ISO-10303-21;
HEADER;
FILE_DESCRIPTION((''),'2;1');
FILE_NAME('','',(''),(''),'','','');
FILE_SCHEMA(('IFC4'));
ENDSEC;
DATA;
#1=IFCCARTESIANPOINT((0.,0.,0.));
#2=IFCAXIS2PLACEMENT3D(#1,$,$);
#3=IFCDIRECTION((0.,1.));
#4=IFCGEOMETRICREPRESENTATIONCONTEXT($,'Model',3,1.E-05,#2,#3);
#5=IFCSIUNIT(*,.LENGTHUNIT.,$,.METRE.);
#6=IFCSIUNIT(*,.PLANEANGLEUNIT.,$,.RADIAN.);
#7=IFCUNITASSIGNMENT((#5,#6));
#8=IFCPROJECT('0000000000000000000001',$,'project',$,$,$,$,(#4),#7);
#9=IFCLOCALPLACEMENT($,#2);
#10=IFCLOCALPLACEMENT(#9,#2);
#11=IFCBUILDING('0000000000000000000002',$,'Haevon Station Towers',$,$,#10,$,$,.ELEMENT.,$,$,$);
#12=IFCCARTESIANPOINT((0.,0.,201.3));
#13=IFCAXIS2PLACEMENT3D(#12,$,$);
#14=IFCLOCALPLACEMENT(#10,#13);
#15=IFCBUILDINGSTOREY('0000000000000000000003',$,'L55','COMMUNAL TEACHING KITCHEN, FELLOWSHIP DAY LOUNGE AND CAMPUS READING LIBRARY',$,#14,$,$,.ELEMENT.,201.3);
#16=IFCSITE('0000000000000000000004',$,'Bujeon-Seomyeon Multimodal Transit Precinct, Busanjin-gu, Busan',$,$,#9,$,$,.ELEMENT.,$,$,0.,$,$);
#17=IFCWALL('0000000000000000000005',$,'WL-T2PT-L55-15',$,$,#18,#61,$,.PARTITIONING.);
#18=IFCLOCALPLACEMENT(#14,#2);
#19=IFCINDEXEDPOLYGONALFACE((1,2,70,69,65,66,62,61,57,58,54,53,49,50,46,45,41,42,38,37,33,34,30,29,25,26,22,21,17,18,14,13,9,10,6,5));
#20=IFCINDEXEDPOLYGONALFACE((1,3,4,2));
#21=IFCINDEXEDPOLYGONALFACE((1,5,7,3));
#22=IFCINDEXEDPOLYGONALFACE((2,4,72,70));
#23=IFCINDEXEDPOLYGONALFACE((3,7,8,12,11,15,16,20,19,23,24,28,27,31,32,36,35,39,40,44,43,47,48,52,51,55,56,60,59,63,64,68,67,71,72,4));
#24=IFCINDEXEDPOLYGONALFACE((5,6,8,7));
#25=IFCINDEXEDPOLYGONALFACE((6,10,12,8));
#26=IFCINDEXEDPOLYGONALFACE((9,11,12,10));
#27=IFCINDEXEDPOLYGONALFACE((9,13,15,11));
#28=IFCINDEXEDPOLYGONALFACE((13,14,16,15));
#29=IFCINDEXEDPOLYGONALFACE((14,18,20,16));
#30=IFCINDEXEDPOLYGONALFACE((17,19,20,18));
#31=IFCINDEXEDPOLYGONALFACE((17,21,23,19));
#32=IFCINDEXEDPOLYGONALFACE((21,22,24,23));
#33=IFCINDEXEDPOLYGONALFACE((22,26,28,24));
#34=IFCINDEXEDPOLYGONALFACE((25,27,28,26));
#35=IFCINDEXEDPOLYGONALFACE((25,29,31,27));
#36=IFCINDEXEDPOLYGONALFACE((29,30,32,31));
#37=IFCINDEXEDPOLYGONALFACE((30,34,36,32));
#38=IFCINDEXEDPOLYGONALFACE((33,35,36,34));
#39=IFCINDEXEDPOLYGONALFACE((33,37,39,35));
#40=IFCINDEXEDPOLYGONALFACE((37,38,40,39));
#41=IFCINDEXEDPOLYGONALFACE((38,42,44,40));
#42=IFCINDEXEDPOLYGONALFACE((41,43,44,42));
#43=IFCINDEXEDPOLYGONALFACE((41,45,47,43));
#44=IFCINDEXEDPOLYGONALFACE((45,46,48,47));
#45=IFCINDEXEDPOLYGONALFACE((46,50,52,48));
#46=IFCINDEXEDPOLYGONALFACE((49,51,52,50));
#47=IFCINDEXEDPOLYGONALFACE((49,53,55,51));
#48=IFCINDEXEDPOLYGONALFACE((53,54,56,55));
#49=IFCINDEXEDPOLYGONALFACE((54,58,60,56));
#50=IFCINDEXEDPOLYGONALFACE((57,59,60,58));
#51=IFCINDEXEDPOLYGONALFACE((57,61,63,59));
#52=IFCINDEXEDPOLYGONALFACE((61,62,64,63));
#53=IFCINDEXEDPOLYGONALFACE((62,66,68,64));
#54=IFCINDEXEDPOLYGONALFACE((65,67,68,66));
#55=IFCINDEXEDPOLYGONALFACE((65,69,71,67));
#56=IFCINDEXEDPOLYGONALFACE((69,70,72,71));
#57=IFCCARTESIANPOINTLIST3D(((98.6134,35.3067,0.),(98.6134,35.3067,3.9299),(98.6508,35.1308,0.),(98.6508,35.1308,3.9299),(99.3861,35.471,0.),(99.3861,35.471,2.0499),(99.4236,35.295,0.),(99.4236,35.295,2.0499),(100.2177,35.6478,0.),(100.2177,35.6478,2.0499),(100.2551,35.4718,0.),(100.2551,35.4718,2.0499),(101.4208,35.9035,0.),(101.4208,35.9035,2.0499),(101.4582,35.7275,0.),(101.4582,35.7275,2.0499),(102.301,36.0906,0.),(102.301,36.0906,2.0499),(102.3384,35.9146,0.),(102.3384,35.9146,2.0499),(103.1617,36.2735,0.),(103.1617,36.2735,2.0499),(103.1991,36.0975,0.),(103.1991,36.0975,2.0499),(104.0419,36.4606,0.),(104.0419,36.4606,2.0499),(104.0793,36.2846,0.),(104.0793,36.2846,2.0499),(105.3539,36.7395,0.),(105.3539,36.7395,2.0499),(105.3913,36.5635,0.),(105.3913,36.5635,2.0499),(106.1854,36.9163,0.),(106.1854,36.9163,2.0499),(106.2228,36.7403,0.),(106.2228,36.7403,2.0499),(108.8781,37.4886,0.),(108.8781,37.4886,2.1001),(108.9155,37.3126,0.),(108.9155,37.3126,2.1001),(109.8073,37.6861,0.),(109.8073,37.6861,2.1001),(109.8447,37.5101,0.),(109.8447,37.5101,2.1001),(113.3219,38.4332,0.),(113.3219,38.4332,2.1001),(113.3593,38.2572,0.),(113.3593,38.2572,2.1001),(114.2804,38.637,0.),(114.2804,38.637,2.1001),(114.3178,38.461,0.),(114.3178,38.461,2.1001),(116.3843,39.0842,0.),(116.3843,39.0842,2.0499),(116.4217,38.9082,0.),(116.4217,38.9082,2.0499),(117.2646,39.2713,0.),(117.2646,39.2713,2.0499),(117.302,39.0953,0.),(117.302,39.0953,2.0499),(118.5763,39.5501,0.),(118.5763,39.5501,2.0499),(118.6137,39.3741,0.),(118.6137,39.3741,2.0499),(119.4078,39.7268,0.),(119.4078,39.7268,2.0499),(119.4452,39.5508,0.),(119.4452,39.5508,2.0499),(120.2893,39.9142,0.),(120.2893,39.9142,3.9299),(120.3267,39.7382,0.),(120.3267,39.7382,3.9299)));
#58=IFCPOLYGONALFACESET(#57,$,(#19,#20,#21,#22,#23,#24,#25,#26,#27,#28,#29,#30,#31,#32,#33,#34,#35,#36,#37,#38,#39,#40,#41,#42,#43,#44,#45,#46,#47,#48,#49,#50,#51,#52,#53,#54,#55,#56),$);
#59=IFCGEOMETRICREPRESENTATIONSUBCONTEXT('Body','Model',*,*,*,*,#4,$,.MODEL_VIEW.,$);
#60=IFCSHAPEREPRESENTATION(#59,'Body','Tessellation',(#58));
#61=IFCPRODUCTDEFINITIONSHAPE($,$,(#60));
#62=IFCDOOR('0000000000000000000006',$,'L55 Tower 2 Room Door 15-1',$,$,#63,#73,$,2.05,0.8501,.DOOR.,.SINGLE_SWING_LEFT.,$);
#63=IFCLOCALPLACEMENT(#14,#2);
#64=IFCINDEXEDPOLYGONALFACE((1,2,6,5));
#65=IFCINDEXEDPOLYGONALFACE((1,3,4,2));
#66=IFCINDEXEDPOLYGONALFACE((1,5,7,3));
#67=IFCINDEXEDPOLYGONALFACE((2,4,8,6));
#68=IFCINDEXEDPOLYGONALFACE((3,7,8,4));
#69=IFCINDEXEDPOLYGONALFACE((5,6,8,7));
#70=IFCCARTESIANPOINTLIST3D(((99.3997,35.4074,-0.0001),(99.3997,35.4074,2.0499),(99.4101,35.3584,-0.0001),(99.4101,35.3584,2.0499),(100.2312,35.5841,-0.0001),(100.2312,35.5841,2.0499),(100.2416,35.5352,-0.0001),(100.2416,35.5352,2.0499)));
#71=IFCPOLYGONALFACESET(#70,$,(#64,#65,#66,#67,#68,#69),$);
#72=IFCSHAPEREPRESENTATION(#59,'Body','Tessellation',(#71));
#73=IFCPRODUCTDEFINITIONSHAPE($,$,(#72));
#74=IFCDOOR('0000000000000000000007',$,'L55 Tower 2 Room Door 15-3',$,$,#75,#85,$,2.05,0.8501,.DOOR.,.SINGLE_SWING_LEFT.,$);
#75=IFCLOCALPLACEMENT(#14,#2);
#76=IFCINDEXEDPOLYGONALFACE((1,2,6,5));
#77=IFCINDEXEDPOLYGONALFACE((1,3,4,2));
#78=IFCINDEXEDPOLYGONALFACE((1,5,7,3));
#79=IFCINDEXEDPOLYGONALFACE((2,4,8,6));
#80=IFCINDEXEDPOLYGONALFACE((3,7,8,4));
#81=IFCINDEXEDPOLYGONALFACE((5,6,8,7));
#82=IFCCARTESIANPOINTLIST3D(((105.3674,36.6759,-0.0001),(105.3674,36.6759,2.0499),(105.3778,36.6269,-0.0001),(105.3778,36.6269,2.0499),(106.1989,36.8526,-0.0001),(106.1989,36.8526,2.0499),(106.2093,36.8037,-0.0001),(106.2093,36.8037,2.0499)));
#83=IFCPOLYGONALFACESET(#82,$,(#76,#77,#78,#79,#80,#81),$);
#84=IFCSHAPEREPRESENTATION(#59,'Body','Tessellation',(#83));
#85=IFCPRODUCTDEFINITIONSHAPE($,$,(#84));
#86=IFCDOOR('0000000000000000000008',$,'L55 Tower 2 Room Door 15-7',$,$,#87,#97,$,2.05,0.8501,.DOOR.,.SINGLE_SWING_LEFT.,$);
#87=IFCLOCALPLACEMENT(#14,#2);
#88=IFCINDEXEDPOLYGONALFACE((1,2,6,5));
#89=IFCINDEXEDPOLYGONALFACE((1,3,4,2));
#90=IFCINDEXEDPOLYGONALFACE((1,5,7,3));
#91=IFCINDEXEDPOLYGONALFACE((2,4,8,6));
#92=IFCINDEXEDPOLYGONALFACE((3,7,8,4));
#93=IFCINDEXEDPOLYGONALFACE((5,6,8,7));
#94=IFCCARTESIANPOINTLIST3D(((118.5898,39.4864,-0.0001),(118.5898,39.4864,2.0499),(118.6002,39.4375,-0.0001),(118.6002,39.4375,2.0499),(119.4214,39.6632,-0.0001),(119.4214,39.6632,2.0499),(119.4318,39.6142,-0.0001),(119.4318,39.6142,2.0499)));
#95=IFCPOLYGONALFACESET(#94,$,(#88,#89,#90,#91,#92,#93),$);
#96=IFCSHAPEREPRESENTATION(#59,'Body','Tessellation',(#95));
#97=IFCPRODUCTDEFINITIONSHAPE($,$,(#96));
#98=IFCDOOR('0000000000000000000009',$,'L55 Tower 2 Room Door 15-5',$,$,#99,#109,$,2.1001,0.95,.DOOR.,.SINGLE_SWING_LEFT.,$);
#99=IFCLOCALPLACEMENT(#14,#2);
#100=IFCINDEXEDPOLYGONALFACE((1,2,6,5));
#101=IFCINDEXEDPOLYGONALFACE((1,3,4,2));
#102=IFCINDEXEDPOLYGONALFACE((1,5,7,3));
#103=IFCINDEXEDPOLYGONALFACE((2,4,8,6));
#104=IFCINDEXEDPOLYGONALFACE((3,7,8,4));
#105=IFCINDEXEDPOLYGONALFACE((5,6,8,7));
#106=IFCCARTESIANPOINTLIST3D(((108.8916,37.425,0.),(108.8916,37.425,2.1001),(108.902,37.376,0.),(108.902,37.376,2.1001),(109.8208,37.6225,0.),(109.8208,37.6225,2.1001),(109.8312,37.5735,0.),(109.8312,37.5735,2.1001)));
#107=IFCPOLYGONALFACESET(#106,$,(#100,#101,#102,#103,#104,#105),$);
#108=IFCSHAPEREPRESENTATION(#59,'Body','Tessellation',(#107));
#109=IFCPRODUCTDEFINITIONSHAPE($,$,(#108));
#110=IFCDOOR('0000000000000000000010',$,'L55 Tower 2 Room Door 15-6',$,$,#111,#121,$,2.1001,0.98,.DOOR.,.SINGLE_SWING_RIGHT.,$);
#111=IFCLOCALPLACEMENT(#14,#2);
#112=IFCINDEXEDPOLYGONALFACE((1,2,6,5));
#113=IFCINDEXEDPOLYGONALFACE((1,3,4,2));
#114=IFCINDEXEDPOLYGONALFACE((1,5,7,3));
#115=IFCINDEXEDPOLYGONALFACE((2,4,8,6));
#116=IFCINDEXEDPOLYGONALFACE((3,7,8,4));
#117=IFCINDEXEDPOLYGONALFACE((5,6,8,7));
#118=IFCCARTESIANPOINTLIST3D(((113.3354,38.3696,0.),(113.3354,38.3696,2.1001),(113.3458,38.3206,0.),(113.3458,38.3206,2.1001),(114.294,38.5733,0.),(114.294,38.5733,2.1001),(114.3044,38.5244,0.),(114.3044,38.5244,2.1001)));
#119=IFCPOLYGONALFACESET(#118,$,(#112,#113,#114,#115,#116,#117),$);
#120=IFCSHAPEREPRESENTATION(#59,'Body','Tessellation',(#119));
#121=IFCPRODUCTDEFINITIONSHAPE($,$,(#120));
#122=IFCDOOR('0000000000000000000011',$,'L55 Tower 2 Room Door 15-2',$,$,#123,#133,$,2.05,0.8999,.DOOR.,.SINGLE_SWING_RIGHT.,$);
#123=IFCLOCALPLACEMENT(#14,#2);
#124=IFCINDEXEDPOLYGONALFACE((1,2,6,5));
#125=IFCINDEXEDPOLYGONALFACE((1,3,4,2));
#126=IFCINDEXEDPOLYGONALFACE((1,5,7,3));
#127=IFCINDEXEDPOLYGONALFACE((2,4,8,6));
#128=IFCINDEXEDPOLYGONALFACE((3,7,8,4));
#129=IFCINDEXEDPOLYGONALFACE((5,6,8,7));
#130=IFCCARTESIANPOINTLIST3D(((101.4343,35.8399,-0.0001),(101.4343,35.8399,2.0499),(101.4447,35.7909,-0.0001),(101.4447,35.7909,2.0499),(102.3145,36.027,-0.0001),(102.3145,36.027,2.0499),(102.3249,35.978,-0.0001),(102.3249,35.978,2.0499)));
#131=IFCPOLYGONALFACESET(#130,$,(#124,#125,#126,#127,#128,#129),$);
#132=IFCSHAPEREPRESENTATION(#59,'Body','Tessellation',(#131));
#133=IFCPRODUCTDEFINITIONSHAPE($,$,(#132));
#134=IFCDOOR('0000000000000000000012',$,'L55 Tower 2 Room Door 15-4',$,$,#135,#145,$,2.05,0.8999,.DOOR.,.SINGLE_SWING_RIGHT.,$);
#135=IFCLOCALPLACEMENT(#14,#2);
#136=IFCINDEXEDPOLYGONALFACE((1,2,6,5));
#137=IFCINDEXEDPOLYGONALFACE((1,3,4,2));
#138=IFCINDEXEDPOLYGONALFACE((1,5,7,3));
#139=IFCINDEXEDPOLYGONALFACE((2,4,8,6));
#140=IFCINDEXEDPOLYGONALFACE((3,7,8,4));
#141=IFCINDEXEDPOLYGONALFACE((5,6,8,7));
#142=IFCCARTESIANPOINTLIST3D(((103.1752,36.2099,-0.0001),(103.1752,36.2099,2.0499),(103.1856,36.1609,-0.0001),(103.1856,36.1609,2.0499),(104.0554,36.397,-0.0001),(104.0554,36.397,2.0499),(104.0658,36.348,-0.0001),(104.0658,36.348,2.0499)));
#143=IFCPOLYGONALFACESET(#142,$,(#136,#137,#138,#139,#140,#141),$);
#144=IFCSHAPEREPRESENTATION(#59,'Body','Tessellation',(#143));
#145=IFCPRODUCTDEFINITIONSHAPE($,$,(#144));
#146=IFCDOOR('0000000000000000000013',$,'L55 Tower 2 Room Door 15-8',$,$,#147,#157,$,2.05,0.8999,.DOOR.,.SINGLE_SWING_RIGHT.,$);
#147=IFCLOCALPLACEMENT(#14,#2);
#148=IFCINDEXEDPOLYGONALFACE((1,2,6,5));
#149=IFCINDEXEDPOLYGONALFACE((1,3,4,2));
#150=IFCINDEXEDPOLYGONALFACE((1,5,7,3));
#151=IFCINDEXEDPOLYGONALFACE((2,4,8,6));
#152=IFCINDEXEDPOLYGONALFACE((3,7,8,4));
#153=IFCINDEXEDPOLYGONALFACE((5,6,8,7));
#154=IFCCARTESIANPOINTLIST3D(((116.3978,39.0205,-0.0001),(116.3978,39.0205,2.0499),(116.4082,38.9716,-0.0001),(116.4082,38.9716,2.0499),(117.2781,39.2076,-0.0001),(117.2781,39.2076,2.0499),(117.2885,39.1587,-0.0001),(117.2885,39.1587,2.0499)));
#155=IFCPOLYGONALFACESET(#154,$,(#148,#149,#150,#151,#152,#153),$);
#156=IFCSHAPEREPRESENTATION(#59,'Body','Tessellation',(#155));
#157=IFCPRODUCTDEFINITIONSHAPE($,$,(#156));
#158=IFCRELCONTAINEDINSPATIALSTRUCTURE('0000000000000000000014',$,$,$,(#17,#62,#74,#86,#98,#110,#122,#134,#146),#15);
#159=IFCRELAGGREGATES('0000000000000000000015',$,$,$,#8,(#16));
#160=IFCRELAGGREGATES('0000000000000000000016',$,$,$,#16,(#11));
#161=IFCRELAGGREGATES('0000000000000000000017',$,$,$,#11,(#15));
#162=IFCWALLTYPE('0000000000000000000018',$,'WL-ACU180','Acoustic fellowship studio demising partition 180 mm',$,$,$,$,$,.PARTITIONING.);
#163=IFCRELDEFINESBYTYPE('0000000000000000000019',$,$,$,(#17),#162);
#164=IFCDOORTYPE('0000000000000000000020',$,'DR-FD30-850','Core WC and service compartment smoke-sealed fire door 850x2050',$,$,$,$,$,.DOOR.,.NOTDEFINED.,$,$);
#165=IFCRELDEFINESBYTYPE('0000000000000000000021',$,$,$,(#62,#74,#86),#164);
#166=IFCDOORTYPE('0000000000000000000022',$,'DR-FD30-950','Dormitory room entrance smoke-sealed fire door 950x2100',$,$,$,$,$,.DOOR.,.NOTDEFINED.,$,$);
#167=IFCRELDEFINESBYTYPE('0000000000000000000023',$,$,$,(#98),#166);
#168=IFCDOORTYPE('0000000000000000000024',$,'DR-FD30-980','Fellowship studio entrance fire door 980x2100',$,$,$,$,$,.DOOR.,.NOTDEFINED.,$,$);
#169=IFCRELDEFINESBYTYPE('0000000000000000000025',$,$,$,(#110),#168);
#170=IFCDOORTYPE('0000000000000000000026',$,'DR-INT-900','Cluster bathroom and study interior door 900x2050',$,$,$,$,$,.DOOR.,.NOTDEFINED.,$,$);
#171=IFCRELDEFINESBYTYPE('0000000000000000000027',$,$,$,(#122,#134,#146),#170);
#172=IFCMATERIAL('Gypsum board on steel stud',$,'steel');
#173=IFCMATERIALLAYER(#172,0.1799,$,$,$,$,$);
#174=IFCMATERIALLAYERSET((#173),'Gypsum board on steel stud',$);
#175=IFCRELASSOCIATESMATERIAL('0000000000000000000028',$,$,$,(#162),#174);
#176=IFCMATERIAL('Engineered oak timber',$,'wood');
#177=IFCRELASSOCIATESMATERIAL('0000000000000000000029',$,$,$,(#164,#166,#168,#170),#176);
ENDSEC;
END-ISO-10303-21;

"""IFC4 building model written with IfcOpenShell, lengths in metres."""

from ifc_helpers import new_model, si_unit, direction, frame, frame_2d, origin, place, context, subcontext, project, spatial, rectangle, extrude, material, layer, layer_set, type_object, element, fill, save


model = new_model("IFC4")

# Units and contexts
model_context = context("Model", 3, precision=1e-05, world=origin(), true_north=direction((0.0, 1.0)))
body_context = subcontext(model_context, "Body", "Model", "MODEL_VIEW")
ifc_project = project(units=[si_unit("LENGTHUNIT", "METRE"), si_unit("PLANEANGLEUNIT", "RADIAN")], contexts=[model_context])

# Site, building, storey
site_placement = place(None, origin())
site = spatial("IfcSite", under=ifc_project, at=site_placement, Name="Bujeon-Seomyeon Multimodal Transit Precinct, Busanjin-gu, Busan", CompositionType="ELEMENT", RefElevation=0.0)
building_placement = place(site_placement, origin())
building = spatial("IfcBuilding", under=site, at=building_placement, Name="Haevon Station Towers", CompositionType="ELEMENT")
storey_placement = place(building_placement, frame((0.0, 0.0, 201.3)))
storey = spatial("IfcBuildingStorey", under=building, at=storey_placement, Name="L55", Description="COMMUNAL TEACHING KITCHEN, FELLOWSHIP DAY LOUNGE AND CAMPUS READING LIBRARY", CompositionType="ELEMENT", Elevation=201.3)

# Wall, openings, doors
ifc_material_1 = material(Name="Gypsum board on steel stud", Category="steel")
ifc_layer_1 = layer(ifc_material_1, 0.1799)
ifc_layer_set_1 = layer_set([ifc_layer_1], Name="Gypsum board on steel stud")
wall_type = type_object("IfcWallType", Name="WL-ACU180", Description="Acoustic fellowship studio demising partition 180 mm", PredefinedType="PARTITIONING", material=ifc_layer_set_1)
wall_placement = place(storey_placement, frame((98.6321, 35.2188, 0.0), z_axis=(0.0, 0.0, 1.0), x_axis=(0.978147, 0.207916, 0.0)))
wall = element("IfcWall", 1, at=wall_placement, inside=storey, type_object=wall_type, Name="WL-T2PT-L55-15", PredefinedType="PARTITIONING", context=body_context, shape_type="SweptSolid", body=[
    extrude(rectangle(XDim=22.1602, YDim=0.1799, at=frame_2d((11.0801, 0.0))), origin(), (0.0, 0.0, 1.0), 3.9299),
])
opening_1_placement = place(wall_placement, frame((0.79, 0.0, 0.0)))
opening_1 = element("IfcOpeningElement", 2, at=opening_1_placement, cuts=wall, PredefinedType="OPENING", context=body_context, shape_type="SweptSolid", body=[
    extrude(rectangle(XDim=0.8501, YDim=2.05, at=frame_2d((0.425, 1.0249))), frame((0.0, 0.0999, 0.0), z_axis=(0.0, -1.0, 0.0), x_axis=(1.0, 0.0, 0.0)), (0.0, 0.0, 1.0), 0.2),
])
opening_2_placement = place(wall_placement, frame((2.8701, 0.0, 0.0)))
opening_2 = element("IfcOpeningElement", 3, at=opening_2_placement, cuts=wall, PredefinedType="OPENING", context=body_context, shape_type="SweptSolid", body=[
    extrude(rectangle(XDim=0.8999, YDim=2.05, at=frame_2d((0.45, 1.0249))), frame((0.0, 0.0999, 0.0), z_axis=(0.0, -1.0, 0.0), x_axis=(1.0, 0.0, 0.0)), (0.0, 0.0, 1.0), 0.2),
])
opening_3_placement = place(wall_placement, frame((6.8911, 0.0, 0.0)))
opening_3 = element("IfcOpeningElement", 4, at=opening_3_placement, cuts=wall, PredefinedType="OPENING", context=body_context, shape_type="SweptSolid", body=[
    extrude(rectangle(XDim=0.8501, YDim=2.05, at=frame_2d((0.425, 1.0249))), frame((0.0, 0.0999, 0.0), z_axis=(0.0, -1.0, 0.0), x_axis=(1.0, 0.0, 0.0)), (0.0, 0.0, 1.0), 0.2),
])
opening_4_placement = place(wall_placement, frame((4.6499, 0.0, 0.0)))
opening_4 = element("IfcOpeningElement", 5, at=opening_4_placement, cuts=wall, PredefinedType="OPENING", context=body_context, shape_type="SweptSolid", body=[
    extrude(rectangle(XDim=0.8999, YDim=2.05, at=frame_2d((0.45, 1.0249))), frame((0.0, 0.0999, 0.0), z_axis=(0.0, -1.0, 0.0), x_axis=(1.0, 0.0, 0.0)), (0.0, 0.0, 1.0), 0.2),
])
opening_5_placement = place(wall_placement, frame((10.4939, 0.0, 0.0)))
opening_5 = element("IfcOpeningElement", 6, at=opening_5_placement, cuts=wall, PredefinedType="OPENING", context=body_context, shape_type="SweptSolid", body=[
    extrude(rectangle(XDim=0.95, YDim=2.1001, at=frame_2d((0.4751, 1.05))), frame((0.0, 0.0999, 0.0), z_axis=(0.0, -1.0, 0.0), x_axis=(1.0, 0.0, 0.0)), (0.0, 0.0, 1.0), 0.2),
])
opening_6_placement = place(wall_placement, frame((15.0371, 0.0, 0.0)))
opening_6 = element("IfcOpeningElement", 7, at=opening_6_placement, cuts=wall, PredefinedType="OPENING", context=body_context, shape_type="SweptSolid", body=[
    extrude(rectangle(XDim=0.98, YDim=2.1001, at=frame_2d((0.49, 1.05))), frame((0.0, 0.0999, 0.0), z_axis=(0.0, -1.0, 0.0), x_axis=(1.0, 0.0, 0.0)), (0.0, 0.0, 1.0), 0.2),
])
opening_7_placement = place(wall_placement, frame((20.4089, 0.0, 0.0)))
opening_7 = element("IfcOpeningElement", 8, at=opening_7_placement, cuts=wall, PredefinedType="OPENING", context=body_context, shape_type="SweptSolid", body=[
    extrude(rectangle(XDim=0.8501, YDim=2.05, at=frame_2d((0.425, 1.0249))), frame((0.0, 0.0999, 0.0), z_axis=(0.0, -1.0, 0.0), x_axis=(1.0, 0.0, 0.0)), (0.0, 0.0, 1.0), 0.2),
])
opening_8_placement = place(wall_placement, frame((18.168, 0.0, 0.0)))
opening_8 = element("IfcOpeningElement", 9, at=opening_8_placement, cuts=wall, PredefinedType="OPENING", context=body_context, shape_type="SweptSolid", body=[
    extrude(rectangle(XDim=0.8999, YDim=2.05, at=frame_2d((0.45, 1.0249))), frame((0.0, 0.0999, 0.0), z_axis=(0.0, -1.0, 0.0), x_axis=(1.0, 0.0, 0.0)), (0.0, 0.0, 1.0), 0.2),
])
ifc_material_2 = material(Name="Engineered oak timber", Category="wood")
door_type_1 = type_object("IfcDoorType", Name="DR-FD30-850", Description="Core WC and service compartment smoke-sealed fire door 850x2050", OperationType="NOTDEFINED", PredefinedType="DOOR", material=ifc_material_2)
door_1_placement = place(opening_1_placement, origin())
door_1 = element("IfcDoor", 10, at=door_1_placement, inside=storey, type_object=door_type_1, Name="L55 Tower 2 Room Door 15-1", OperationType="SINGLE_SWING_LEFT", OverallHeight=2.05, OverallWidth=0.8501, PredefinedType="DOOR", context=body_context, shape_type="SweptSolid", body=[
    extrude(rectangle(XDim=0.8501, YDim=2.05, at=frame_2d((0.425, 1.0249))), frame((0.0, 0.0249, 0.0), z_axis=(0.0, -1.0, 0.0), x_axis=(1.0, 0.0, 0.0)), (0.0, 0.0, 1.0), 0.05),
])
fill(opening_1, door_1)
door_2_placement = place(opening_3_placement, origin())
door_2 = element("IfcDoor", 11, at=door_2_placement, inside=storey, type_object=door_type_1, Name="L55 Tower 2 Room Door 15-3", OperationType="SINGLE_SWING_LEFT", OverallHeight=2.05, OverallWidth=0.8501, PredefinedType="DOOR", context=body_context, shape_type="SweptSolid", body=[
    extrude(rectangle(XDim=0.8501, YDim=2.05, at=frame_2d((0.425, 1.0249))), frame((0.0, 0.0249, 0.0), z_axis=(0.0, -1.0, 0.0), x_axis=(1.0, 0.0, 0.0)), (0.0, 0.0, 1.0), 0.05),
])
fill(opening_3, door_2)
door_3_placement = place(opening_7_placement, origin())
door_3 = element("IfcDoor", 12, at=door_3_placement, inside=storey, type_object=door_type_1, Name="L55 Tower 2 Room Door 15-7", OperationType="SINGLE_SWING_LEFT", OverallHeight=2.05, OverallWidth=0.8501, PredefinedType="DOOR", context=body_context, shape_type="SweptSolid", body=[
    extrude(rectangle(XDim=0.8501, YDim=2.05, at=frame_2d((0.425, 1.0249))), frame((0.0, 0.0249, 0.0), z_axis=(0.0, -1.0, 0.0), x_axis=(1.0, 0.0, 0.0)), (0.0, 0.0, 1.0), 0.05),
])
fill(opening_7, door_3)
door_type_2 = type_object("IfcDoorType", Name="DR-FD30-950", Description="Dormitory room entrance smoke-sealed fire door 950x2100", OperationType="NOTDEFINED", PredefinedType="DOOR", material=ifc_material_2)
door_4_placement = place(opening_5_placement, origin())
door_4 = element("IfcDoor", 13, at=door_4_placement, inside=storey, type_object=door_type_2, Name="L55 Tower 2 Room Door 15-5", OperationType="SINGLE_SWING_LEFT", OverallHeight=2.1001, OverallWidth=0.95, PredefinedType="DOOR", context=body_context, shape_type="SweptSolid", body=[
    extrude(rectangle(XDim=0.95, YDim=2.1001, at=frame_2d((0.4751, 1.05))), frame((0.0, 0.0249, 0.0), z_axis=(0.0, -1.0, 0.0), x_axis=(1.0, 0.0, 0.0)), (0.0, 0.0, 1.0), 0.05),
])
fill(opening_5, door_4)
door_type_3 = type_object("IfcDoorType", Name="DR-FD30-980", Description="Fellowship studio entrance fire door 980x2100", OperationType="NOTDEFINED", PredefinedType="DOOR", material=ifc_material_2)
door_5_placement = place(opening_6_placement, origin())
door_5 = element("IfcDoor", 14, at=door_5_placement, inside=storey, type_object=door_type_3, Name="L55 Tower 2 Room Door 15-6", OperationType="SINGLE_SWING_RIGHT", OverallHeight=2.1001, OverallWidth=0.98, PredefinedType="DOOR", context=body_context, shape_type="SweptSolid", body=[
    extrude(rectangle(XDim=0.98, YDim=2.1001, at=frame_2d((0.49, 1.05))), frame((0.0, 0.0249, 0.0), z_axis=(0.0, -1.0, 0.0), x_axis=(1.0, 0.0, 0.0)), (0.0, 0.0, 1.0), 0.05),
])
fill(opening_6, door_5)
door_type_4 = type_object("IfcDoorType", Name="DR-INT-900", Description="Cluster bathroom and study interior door 900x2050", OperationType="NOTDEFINED", PredefinedType="DOOR", material=ifc_material_2)
door_6_placement = place(opening_2_placement, origin())
door_6 = element("IfcDoor", 15, at=door_6_placement, inside=storey, type_object=door_type_4, Name="L55 Tower 2 Room Door 15-2", OperationType="SINGLE_SWING_RIGHT", OverallHeight=2.05, OverallWidth=0.8999, PredefinedType="DOOR", context=body_context, shape_type="SweptSolid", body=[
    extrude(rectangle(XDim=0.8999, YDim=2.05, at=frame_2d((0.45, 1.0249))), frame((0.0, 0.0249, 0.0), z_axis=(0.0, -1.0, 0.0), x_axis=(1.0, 0.0, 0.0)), (0.0, 0.0, 1.0), 0.05),
])
fill(opening_2, door_6)
door_7_placement = place(opening_4_placement, origin())
door_7 = element("IfcDoor", 16, at=door_7_placement, inside=storey, type_object=door_type_4, Name="L55 Tower 2 Room Door 15-4", OperationType="SINGLE_SWING_RIGHT", OverallHeight=2.05, OverallWidth=0.8999, PredefinedType="DOOR", context=body_context, shape_type="SweptSolid", body=[
    extrude(rectangle(XDim=0.8999, YDim=2.05, at=frame_2d((0.45, 1.0249))), frame((0.0, 0.0249, 0.0), z_axis=(0.0, -1.0, 0.0), x_axis=(1.0, 0.0, 0.0)), (0.0, 0.0, 1.0), 0.05),
])
fill(opening_4, door_7)
door_8_placement = place(opening_8_placement, origin())
door_8 = element("IfcDoor", 17, at=door_8_placement, inside=storey, type_object=door_type_4, Name="L55 Tower 2 Room Door 15-8", OperationType="SINGLE_SWING_RIGHT", OverallHeight=2.05, OverallWidth=0.8999, PredefinedType="DOOR", context=body_context, shape_type="SweptSolid", body=[
    extrude(rectangle(XDim=0.8999, YDim=2.05, at=frame_2d((0.45, 1.0249))), frame((0.0, 0.0249, 0.0), z_axis=(0.0, -1.0, 0.0), x_axis=(1.0, 0.0, 0.0)), (0.0, 0.0, 1.0), 0.05),
])
fill(opening_8, door_8)

save(model, "model.ifc")
